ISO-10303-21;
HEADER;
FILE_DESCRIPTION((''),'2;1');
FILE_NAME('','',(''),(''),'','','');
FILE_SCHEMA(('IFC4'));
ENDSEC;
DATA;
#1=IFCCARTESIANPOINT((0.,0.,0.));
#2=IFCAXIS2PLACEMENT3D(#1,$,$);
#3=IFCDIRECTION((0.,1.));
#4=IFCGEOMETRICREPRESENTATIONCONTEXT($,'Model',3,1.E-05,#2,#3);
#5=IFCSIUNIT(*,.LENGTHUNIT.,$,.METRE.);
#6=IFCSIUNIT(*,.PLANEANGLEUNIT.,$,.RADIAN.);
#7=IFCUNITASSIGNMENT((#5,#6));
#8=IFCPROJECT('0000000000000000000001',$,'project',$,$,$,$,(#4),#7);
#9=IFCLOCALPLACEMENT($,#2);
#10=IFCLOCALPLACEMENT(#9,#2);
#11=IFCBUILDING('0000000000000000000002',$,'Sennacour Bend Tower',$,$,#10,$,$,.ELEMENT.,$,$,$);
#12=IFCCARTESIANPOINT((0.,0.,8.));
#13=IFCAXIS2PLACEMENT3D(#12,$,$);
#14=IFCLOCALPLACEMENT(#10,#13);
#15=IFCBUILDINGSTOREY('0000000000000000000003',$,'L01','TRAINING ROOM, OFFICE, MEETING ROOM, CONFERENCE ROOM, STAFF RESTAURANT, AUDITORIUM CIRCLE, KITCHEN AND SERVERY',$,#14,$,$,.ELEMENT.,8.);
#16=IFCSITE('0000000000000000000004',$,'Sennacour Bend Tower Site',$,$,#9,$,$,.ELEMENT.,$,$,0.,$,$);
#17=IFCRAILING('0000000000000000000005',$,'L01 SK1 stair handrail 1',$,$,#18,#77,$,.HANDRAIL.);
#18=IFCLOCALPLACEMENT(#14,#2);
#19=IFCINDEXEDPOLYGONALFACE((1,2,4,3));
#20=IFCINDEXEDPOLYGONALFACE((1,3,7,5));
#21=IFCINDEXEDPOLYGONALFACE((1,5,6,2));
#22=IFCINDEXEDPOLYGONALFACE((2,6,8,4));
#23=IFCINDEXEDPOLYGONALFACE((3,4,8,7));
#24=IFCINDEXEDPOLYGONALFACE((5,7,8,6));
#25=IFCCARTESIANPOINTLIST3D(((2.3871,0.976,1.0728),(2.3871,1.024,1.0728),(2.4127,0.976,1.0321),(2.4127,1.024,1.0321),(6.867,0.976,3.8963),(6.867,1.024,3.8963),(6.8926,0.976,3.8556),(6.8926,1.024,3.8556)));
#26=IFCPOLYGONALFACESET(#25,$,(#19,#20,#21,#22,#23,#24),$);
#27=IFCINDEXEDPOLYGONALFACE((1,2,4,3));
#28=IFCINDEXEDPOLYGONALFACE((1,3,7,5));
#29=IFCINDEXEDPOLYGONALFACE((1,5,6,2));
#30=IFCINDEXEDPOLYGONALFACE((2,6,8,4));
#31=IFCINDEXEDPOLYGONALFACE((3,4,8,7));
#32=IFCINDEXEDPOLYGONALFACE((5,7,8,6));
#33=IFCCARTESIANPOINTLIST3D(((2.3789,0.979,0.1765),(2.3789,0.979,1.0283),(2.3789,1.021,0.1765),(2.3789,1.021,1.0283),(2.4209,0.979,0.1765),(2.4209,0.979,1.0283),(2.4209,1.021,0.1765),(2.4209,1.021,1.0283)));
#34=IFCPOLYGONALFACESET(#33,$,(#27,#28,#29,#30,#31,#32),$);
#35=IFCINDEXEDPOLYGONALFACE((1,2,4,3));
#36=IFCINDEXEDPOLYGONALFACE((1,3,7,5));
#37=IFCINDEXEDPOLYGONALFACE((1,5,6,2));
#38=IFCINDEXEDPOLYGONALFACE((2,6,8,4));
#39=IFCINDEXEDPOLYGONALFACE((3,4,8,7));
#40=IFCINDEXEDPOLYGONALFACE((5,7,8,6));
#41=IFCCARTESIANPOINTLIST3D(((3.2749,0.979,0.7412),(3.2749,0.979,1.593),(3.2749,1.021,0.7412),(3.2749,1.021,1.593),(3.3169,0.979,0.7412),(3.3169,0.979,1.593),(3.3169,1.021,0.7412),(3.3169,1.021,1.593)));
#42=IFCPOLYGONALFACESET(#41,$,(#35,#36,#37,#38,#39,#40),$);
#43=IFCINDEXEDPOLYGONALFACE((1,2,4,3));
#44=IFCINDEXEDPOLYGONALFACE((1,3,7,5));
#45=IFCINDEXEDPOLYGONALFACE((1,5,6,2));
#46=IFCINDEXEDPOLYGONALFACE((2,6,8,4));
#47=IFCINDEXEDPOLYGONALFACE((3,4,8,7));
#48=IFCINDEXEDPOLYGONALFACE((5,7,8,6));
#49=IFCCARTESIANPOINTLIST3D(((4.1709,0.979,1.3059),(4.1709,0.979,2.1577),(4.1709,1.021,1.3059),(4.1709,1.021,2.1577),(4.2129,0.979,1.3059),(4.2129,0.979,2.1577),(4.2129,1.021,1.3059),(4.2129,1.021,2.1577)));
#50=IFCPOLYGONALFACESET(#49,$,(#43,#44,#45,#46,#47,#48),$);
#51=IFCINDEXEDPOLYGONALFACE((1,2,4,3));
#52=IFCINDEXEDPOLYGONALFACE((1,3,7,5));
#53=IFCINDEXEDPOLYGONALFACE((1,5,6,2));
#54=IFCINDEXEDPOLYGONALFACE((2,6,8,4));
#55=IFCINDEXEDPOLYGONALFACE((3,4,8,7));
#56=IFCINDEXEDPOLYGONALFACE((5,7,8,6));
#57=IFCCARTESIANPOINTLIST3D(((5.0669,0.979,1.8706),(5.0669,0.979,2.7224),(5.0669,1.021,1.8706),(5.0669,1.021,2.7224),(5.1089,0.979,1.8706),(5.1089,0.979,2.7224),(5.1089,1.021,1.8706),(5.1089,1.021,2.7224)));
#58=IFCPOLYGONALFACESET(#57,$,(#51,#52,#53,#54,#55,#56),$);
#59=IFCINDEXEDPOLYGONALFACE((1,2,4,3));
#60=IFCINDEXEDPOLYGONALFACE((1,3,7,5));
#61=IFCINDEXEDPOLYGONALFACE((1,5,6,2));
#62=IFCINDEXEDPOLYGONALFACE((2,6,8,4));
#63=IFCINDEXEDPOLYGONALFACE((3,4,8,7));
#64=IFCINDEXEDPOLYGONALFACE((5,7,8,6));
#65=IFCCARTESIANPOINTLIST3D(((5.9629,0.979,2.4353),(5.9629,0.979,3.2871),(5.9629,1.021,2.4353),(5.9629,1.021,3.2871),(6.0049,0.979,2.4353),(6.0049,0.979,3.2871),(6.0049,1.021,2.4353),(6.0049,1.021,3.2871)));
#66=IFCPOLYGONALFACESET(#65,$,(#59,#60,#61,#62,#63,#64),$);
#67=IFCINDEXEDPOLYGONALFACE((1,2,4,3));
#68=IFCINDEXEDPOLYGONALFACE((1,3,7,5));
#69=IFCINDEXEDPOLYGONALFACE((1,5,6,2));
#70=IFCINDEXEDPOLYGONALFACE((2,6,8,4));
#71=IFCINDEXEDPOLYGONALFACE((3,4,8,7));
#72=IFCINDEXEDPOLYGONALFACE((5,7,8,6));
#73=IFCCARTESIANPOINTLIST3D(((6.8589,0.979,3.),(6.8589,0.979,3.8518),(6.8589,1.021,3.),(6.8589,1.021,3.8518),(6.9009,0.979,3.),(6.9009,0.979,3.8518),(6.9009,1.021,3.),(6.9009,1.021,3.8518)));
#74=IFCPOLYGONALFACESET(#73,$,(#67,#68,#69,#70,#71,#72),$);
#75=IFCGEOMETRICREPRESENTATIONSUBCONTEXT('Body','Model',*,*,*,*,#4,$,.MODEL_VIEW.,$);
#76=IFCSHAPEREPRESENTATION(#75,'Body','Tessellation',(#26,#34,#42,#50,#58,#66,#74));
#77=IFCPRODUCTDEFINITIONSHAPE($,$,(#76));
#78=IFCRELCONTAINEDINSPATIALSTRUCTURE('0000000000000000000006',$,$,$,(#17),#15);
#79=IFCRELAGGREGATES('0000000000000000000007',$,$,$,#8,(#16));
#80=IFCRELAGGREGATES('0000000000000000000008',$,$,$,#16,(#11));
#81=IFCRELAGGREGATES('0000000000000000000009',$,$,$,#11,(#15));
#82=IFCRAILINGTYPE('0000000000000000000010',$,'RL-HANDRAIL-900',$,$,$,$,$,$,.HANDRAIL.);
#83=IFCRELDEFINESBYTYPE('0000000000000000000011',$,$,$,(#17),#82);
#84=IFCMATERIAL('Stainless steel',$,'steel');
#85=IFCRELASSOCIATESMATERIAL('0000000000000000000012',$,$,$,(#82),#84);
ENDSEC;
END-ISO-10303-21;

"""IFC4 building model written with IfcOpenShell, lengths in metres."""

from ifc_helpers import new_model, si_unit, direction, frame, origin, origin_2d, place, context, subcontext, project, spatial, rectangle, extrude, material, type_object, element, save


model = new_model("IFC4")

# Units and contexts
model_context = context("Model", 3, precision=1e-05, world=origin(), true_north=direction((0.0, 1.0)))
body_context = subcontext(model_context, "Body", "Model", "MODEL_VIEW")
ifc_project = project(units=[si_unit("LENGTHUNIT", "METRE"), si_unit("PLANEANGLEUNIT", "RADIAN")], contexts=[model_context])

# Site, building, storey
site_placement = place(None, origin())
site = spatial("IfcSite", under=ifc_project, at=site_placement, Name="Sennacour Bend Tower Site", CompositionType="ELEMENT", RefElevation=0.0)
building_placement = place(site_placement, origin())
building = spatial("IfcBuilding", under=site, at=building_placement, Name="Sennacour Bend Tower", CompositionType="ELEMENT")
storey_placement = place(building_placement, frame((0.0, 0.0, 8.0)))
storey = spatial("IfcBuildingStorey", under=building, at=storey_placement, Name="L01", Description="TRAINING ROOM, OFFICE, MEETING ROOM, CONFERENCE ROOM, STAFF RESTAURANT, AUDITORIUM CIRCLE, KITCHEN AND SERVERY", CompositionType="ELEMENT", Elevation=8.0)

# Railing
ifc_material_1 = material(Name="Stainless steel", Category="steel")
railing_type_1 = type_object("IfcRailingType", Name="RL-HANDRAIL-900", PredefinedType="HANDRAIL", material=ifc_material_1)
railing_1_placement = place(storey_placement, frame((2.3999, 1.0, 0.1765)))
element("IfcRailing", 1, at=railing_1_placement, inside=storey, type_object=railing_type_1, Name="L01 SK1 stair handrail 1", PredefinedType="HANDRAIL", context=body_context, shape_type="SweptSolid", body=[
    extrude(rectangle(XDim=0.0481, YDim=0.0481, at=origin_2d()), frame((0.0, 0.0, 0.876), z_axis=(0.845998, 0.0, 0.533186), x_axis=(0.0, 1.0, 0.0)), (0.0, 0.0, 1.0), 5.2954),
    extrude(rectangle(XDim=0.042, YDim=0.042, at=origin_2d()), origin(), (0.0, 0.0, 1.0), 0.8518),
    extrude(rectangle(XDim=0.042, YDim=0.042, at=origin_2d()), frame((0.896, 0.0, 0.5647)), (0.0, 0.0, 1.0), 0.8518),
    extrude(rectangle(XDim=0.042, YDim=0.042, at=origin_2d()), frame((1.792, 0.0, 1.1294)), (0.0, 0.0, 1.0), 0.8518),
    extrude(rectangle(XDim=0.042, YDim=0.042, at=origin_2d()), frame((2.688, 0.0, 1.6941)), (0.0, 0.0, 1.0), 0.8518),
    extrude(rectangle(XDim=0.042, YDim=0.042, at=origin_2d()), frame((3.584, 0.0, 2.2588)), (0.0, 0.0, 1.0), 0.8518),
    extrude(rectangle(XDim=0.042, YDim=0.042, at=origin_2d()), frame((4.48, 0.0, 2.8235)), (0.0, 0.0, 1.0), 0.8518),
])

save(model, "model.ifc")
